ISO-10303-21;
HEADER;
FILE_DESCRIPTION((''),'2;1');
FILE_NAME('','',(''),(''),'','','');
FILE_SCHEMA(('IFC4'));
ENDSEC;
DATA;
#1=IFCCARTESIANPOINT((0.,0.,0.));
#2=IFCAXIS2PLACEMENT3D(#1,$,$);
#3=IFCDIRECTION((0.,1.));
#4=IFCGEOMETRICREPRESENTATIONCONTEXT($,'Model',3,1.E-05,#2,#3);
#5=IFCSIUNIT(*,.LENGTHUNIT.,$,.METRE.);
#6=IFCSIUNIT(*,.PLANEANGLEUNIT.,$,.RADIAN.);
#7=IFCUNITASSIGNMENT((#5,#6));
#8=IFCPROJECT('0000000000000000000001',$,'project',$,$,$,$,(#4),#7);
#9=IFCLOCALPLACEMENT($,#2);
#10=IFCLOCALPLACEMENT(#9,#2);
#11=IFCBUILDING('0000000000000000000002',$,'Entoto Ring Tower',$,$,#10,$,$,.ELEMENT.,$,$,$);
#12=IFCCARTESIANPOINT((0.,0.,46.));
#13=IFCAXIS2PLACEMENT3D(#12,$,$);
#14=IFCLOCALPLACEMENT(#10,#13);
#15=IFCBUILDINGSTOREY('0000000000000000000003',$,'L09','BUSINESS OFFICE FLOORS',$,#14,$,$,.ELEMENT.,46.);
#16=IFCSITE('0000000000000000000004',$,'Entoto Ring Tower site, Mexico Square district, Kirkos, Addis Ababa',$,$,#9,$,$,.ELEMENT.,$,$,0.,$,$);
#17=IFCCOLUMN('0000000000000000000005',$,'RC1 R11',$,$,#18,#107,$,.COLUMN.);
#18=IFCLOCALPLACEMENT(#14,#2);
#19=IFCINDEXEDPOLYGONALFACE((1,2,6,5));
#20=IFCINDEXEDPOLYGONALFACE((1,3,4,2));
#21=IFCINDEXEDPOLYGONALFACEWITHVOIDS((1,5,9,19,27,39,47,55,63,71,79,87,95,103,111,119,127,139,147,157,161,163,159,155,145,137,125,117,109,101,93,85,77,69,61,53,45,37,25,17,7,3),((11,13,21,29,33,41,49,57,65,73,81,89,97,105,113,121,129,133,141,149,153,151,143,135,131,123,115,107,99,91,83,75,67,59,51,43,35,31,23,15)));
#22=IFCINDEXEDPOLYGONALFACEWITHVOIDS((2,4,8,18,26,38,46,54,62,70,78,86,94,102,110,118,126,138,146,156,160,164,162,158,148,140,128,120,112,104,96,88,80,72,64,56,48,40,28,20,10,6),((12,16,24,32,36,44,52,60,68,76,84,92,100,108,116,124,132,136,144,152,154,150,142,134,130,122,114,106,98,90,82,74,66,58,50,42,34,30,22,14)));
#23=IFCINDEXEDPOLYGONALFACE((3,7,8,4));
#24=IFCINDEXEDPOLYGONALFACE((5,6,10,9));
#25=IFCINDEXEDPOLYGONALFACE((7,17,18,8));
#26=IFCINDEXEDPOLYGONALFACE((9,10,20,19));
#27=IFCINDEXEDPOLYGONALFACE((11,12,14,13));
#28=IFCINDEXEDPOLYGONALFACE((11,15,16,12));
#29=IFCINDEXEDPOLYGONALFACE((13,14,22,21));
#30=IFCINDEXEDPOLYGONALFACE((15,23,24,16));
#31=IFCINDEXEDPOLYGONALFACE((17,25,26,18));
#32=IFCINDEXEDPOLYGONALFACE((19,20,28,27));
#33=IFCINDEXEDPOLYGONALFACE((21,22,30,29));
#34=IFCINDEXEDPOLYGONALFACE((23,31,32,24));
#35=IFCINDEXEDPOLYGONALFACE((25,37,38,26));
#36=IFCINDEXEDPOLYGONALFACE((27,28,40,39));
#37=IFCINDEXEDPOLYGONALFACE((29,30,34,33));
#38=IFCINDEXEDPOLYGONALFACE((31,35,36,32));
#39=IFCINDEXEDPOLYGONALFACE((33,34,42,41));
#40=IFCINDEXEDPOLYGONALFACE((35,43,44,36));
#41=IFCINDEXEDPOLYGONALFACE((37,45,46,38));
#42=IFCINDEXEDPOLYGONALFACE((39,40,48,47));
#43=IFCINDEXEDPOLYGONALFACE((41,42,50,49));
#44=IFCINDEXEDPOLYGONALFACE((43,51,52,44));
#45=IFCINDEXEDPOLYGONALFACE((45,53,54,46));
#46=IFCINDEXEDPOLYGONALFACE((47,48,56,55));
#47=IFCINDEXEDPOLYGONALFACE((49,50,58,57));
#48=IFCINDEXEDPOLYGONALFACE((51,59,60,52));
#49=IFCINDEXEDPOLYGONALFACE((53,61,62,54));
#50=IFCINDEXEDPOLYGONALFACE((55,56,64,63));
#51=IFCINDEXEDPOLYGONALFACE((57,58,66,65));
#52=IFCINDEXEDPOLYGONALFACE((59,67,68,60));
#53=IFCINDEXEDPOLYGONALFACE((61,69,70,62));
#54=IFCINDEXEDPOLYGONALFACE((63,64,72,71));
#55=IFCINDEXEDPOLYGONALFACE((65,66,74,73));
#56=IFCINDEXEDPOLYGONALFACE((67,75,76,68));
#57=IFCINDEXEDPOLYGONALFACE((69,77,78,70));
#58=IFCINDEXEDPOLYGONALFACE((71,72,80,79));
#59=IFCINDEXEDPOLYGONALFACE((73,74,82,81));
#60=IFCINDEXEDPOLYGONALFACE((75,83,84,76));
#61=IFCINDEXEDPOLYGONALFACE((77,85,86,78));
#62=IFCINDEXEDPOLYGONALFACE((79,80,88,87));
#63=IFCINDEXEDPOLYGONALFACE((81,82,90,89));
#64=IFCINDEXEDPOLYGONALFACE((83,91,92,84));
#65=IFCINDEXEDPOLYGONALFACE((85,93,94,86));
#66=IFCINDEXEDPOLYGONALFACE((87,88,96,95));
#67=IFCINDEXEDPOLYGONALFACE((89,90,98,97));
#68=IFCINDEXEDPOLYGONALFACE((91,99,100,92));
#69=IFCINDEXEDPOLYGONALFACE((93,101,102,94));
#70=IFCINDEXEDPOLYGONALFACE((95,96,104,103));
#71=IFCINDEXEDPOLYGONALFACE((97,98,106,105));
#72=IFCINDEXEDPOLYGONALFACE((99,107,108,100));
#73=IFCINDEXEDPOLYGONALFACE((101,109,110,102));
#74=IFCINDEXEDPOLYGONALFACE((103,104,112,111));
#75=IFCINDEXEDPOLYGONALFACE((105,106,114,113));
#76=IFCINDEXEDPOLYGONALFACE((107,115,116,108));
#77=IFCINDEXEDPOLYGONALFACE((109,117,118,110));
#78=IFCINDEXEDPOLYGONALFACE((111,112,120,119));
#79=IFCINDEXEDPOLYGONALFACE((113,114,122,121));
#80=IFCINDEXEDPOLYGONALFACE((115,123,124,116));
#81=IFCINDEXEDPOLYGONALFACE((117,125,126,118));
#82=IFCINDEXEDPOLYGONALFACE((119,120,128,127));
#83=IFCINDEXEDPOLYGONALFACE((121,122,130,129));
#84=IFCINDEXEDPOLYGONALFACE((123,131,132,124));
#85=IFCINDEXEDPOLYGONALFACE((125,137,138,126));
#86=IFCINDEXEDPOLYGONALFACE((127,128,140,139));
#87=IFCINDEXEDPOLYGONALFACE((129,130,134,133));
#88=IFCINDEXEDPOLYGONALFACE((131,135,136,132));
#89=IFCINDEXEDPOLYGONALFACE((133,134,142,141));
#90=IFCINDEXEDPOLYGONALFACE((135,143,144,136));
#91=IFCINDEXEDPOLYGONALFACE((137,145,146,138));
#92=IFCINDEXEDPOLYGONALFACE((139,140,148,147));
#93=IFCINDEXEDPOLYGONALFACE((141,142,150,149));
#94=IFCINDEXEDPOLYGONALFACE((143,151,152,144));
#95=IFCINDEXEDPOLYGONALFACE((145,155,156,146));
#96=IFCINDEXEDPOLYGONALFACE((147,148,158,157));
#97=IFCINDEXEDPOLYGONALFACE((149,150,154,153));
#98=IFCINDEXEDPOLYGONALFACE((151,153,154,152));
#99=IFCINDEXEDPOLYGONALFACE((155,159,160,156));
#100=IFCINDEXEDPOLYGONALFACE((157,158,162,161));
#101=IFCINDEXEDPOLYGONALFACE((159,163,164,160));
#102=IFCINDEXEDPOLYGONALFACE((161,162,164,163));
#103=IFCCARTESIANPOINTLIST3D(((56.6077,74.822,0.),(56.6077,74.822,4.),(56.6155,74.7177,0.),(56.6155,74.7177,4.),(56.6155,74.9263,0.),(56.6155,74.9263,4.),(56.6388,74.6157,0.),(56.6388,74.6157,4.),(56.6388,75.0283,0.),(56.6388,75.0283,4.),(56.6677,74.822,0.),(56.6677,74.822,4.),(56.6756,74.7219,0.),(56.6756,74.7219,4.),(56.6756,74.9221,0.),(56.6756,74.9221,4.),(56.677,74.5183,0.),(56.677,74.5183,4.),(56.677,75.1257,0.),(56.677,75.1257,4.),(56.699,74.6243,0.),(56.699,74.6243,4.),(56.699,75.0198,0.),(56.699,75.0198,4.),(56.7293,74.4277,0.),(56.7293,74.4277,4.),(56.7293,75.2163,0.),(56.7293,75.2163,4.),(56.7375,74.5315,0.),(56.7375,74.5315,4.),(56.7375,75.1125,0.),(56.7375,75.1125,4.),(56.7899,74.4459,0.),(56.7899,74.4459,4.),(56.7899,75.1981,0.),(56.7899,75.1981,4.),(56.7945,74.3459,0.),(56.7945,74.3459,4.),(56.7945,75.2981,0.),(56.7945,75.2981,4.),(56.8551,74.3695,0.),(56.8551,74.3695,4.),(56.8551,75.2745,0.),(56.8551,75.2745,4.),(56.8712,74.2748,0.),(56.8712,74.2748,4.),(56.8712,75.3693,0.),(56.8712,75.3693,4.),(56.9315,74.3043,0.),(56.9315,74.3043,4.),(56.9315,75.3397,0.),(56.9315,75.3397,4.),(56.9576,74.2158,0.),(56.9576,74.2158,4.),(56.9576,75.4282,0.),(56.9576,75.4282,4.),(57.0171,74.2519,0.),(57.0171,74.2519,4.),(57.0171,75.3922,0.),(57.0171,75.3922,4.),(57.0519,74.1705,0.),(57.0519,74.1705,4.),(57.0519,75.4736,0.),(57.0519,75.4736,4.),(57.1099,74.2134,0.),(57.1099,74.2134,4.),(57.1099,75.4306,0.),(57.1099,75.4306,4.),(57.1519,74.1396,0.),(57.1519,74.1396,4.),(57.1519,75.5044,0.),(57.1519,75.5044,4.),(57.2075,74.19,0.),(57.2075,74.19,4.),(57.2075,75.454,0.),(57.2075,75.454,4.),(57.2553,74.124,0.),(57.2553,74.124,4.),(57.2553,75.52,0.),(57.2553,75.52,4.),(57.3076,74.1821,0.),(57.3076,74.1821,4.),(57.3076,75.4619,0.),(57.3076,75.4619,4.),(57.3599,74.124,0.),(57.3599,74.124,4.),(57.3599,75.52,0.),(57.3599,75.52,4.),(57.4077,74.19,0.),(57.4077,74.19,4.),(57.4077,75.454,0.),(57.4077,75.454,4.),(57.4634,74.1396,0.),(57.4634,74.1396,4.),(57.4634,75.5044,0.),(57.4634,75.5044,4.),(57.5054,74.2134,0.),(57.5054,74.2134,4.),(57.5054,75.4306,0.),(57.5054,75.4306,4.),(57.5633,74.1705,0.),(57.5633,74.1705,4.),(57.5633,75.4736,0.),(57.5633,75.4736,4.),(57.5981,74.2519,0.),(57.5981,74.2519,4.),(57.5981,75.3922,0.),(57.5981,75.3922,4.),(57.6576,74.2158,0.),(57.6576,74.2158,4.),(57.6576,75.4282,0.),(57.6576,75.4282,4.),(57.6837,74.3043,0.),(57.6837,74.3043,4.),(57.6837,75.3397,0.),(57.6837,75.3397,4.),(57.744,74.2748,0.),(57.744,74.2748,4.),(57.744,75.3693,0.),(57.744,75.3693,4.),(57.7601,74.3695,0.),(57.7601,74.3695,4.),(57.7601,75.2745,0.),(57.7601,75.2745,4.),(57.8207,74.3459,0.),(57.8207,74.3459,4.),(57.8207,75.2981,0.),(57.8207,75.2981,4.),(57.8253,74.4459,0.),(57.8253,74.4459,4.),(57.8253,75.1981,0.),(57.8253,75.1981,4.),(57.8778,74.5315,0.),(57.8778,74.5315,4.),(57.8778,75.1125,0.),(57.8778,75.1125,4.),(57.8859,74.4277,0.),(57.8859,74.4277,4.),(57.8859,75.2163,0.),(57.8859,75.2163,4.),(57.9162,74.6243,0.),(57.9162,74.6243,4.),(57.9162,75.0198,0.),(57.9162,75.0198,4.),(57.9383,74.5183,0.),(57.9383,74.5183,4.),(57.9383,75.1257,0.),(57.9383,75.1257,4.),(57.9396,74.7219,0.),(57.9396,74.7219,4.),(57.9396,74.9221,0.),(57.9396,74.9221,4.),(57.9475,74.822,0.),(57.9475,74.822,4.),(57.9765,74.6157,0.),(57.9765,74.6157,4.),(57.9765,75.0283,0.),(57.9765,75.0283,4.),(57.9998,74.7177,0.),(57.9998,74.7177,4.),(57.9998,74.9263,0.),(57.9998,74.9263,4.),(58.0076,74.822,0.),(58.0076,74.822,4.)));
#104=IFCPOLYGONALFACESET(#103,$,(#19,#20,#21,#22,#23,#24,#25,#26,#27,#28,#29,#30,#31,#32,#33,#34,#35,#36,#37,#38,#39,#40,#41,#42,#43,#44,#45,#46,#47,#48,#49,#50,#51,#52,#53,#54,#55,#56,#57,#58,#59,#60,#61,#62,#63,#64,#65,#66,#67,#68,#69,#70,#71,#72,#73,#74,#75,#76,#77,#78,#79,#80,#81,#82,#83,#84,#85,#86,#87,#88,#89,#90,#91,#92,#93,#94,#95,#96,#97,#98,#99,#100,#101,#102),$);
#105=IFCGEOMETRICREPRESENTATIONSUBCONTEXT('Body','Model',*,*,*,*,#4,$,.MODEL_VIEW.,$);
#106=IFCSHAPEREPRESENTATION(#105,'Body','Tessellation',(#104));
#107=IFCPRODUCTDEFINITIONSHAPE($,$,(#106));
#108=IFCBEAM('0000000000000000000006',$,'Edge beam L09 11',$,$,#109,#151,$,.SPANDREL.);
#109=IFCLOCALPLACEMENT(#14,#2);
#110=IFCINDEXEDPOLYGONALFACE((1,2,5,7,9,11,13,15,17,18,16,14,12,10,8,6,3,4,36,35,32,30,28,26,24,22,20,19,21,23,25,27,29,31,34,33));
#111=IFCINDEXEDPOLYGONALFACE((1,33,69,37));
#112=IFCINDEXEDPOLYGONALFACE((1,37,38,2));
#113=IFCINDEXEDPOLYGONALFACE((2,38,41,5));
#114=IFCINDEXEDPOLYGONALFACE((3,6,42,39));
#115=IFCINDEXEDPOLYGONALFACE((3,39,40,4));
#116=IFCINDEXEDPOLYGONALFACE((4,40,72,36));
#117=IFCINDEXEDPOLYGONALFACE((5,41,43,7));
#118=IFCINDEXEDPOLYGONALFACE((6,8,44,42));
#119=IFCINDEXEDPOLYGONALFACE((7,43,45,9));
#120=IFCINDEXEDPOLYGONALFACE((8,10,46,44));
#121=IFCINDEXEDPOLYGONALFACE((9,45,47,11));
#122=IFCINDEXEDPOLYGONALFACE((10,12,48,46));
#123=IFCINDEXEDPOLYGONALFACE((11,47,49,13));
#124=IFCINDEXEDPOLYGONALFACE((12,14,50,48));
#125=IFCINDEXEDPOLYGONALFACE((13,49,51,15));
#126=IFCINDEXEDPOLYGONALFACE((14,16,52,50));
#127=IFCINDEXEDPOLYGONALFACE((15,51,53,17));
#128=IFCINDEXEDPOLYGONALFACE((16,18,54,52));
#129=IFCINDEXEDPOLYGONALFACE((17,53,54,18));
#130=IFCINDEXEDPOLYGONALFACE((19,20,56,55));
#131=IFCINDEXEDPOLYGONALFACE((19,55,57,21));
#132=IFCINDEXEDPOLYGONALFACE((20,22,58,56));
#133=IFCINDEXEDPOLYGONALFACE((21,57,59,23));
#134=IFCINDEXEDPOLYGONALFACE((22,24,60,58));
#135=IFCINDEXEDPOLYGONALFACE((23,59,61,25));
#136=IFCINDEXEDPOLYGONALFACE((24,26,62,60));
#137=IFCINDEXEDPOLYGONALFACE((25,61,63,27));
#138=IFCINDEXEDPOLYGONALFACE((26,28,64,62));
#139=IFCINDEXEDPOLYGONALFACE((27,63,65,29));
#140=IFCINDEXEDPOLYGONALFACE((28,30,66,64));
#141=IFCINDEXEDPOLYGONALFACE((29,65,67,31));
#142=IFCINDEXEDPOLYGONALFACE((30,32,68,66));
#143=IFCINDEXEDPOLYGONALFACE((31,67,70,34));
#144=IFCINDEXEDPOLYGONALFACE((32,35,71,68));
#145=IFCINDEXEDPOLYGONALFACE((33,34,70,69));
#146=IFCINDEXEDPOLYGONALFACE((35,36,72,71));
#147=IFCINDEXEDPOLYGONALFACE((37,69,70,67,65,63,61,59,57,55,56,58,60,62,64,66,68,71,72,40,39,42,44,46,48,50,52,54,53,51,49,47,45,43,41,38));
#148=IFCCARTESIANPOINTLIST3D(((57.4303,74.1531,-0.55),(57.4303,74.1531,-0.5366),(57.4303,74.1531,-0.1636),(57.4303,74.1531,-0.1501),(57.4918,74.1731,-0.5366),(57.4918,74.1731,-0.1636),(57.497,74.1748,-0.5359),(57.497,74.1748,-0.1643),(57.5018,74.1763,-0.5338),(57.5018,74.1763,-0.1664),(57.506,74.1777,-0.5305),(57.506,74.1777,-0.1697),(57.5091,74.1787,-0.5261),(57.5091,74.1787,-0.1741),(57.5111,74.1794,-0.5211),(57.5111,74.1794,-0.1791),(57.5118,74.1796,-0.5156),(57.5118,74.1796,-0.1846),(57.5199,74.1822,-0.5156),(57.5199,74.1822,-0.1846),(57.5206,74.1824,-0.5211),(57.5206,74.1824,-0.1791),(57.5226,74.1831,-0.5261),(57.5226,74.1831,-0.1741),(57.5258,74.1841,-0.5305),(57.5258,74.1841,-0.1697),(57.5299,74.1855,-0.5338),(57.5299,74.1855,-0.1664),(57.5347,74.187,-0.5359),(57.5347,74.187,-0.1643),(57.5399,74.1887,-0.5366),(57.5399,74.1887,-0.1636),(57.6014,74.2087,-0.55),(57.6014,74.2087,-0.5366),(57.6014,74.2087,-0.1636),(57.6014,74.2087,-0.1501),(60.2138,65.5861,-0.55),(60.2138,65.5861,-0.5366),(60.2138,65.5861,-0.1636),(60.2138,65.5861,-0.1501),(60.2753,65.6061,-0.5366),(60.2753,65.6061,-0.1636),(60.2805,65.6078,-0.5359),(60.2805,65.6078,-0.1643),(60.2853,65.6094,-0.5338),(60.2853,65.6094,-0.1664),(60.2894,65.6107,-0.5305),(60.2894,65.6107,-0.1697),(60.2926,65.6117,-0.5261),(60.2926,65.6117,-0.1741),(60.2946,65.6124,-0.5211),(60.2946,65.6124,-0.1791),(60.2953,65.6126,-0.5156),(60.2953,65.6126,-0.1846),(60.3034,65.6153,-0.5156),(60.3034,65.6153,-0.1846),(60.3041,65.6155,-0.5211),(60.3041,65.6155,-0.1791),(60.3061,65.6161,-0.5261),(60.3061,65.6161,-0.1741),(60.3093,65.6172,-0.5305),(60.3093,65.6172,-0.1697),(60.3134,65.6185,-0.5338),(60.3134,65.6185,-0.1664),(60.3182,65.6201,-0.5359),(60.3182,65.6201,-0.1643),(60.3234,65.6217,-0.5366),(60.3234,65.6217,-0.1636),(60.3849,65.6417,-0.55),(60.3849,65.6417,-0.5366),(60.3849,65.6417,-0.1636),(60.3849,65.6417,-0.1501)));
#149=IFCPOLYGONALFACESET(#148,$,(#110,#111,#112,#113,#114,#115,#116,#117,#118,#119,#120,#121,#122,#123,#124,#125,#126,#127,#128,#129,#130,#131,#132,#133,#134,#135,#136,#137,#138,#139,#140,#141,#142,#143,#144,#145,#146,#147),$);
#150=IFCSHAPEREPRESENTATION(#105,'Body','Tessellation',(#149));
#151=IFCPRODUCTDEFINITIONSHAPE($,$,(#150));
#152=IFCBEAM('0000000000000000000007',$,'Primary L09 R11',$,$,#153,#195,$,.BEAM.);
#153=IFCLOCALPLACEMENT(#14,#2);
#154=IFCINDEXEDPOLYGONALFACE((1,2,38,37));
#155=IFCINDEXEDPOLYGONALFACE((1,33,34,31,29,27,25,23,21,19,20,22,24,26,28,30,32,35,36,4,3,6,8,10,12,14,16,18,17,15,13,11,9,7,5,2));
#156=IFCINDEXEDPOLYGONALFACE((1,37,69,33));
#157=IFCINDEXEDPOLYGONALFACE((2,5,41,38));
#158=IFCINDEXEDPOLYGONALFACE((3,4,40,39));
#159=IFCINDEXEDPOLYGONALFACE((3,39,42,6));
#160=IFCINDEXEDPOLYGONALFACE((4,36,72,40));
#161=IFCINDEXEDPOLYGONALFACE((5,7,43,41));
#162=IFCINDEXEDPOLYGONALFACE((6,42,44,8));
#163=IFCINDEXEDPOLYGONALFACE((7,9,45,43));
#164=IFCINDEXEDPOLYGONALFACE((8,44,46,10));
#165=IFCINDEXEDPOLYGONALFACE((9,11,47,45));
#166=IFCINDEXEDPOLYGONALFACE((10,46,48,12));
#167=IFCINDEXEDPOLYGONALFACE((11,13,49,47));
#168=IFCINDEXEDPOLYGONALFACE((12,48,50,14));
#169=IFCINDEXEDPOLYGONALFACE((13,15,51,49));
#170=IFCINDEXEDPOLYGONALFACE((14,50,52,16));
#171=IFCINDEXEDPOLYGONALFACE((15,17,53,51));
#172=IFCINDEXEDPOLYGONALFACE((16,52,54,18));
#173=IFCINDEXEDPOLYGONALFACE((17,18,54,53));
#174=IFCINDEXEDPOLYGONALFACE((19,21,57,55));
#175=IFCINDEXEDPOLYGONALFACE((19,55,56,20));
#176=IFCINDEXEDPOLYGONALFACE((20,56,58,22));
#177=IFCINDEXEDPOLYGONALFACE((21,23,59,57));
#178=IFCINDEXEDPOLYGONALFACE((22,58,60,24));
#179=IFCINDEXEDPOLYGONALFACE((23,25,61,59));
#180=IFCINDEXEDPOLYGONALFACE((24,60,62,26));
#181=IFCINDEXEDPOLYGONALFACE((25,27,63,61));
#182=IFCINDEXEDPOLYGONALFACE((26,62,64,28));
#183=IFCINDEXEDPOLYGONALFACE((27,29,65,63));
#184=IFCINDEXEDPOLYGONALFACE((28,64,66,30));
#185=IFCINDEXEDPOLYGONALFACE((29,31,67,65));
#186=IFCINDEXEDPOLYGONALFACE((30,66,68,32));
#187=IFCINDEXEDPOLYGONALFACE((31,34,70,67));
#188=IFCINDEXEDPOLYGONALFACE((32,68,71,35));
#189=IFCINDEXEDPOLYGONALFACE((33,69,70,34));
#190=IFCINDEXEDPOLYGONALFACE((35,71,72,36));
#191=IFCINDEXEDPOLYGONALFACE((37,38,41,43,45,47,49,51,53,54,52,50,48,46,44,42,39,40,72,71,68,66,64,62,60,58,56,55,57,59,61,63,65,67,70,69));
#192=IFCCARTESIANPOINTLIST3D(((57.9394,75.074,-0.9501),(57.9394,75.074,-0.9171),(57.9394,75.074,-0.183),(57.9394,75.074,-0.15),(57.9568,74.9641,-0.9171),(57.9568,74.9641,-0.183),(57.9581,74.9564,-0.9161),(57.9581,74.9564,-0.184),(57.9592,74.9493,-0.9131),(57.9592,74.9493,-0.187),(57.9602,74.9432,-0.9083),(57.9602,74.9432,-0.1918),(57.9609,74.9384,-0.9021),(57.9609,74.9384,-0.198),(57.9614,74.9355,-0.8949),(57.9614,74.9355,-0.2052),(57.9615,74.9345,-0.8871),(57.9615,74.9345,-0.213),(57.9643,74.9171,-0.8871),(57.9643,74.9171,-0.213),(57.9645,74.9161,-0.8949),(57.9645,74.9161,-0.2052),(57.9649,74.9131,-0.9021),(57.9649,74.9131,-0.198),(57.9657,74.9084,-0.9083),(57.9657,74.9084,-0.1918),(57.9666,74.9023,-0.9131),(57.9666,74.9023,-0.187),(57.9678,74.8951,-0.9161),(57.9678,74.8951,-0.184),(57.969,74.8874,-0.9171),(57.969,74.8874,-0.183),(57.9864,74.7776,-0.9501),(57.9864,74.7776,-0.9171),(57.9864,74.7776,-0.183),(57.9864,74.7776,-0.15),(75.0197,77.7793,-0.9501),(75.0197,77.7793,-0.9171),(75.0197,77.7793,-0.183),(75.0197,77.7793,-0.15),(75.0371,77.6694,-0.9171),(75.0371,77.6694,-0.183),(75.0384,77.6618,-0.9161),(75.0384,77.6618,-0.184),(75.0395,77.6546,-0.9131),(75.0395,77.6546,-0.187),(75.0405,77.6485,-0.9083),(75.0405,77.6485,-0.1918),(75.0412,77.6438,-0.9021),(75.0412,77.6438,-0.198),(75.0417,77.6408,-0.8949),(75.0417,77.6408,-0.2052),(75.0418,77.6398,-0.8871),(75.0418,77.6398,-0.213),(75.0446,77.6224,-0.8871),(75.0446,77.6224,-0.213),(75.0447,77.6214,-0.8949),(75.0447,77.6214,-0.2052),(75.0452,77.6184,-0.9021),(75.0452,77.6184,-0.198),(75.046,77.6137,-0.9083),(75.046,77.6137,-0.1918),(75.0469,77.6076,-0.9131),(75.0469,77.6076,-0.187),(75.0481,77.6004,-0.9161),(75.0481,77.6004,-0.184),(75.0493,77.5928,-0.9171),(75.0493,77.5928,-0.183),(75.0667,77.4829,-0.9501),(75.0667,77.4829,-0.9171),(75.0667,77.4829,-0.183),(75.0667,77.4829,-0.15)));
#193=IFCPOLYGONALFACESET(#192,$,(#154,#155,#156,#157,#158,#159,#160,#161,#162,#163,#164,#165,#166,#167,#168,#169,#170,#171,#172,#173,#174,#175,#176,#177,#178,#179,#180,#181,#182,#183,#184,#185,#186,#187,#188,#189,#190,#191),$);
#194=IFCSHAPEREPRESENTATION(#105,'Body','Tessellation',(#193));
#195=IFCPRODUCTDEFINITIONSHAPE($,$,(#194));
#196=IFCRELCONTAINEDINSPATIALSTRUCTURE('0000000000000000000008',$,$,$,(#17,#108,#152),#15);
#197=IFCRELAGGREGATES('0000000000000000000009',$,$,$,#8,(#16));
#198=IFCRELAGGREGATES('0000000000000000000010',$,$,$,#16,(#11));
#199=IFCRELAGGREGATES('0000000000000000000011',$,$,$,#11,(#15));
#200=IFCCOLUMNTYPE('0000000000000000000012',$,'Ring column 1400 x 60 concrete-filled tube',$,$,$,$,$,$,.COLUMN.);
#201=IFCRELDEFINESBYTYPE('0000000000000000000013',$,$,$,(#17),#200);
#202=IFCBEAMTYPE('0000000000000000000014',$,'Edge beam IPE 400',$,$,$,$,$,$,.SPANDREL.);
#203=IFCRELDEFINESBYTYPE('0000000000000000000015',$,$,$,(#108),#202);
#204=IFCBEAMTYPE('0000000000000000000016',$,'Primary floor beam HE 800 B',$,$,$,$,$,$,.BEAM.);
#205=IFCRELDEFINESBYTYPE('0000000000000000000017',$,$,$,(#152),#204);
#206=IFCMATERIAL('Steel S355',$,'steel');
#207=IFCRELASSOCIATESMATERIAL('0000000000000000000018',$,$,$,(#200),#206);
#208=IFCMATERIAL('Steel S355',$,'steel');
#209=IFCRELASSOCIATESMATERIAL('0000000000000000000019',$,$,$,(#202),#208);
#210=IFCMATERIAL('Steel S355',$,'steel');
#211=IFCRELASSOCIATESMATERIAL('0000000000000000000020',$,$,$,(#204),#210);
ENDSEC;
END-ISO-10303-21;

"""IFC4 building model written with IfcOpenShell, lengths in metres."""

from ifc_helpers import new_model, si_unit, direction, frame, origin, origin_2d, place, context, subcontext, project, spatial, circle, hollow_circle, i_section, extrude, material, material_profile, profile_set, type_object, element, save


model = new_model("IFC4")

# Units and contexts
model_context = context("Model", 3, precision=1e-05, world=origin(), true_north=direction((0.0, 1.0)))
body_context = subcontext(model_context, "Body", "Model", "MODEL_VIEW")
ifc_project = project(units=[si_unit("LENGTHUNIT", "METRE"), si_unit("PLANEANGLEUNIT", "RADIAN")], contexts=[model_context])

# Site, building, storey
site_placement = place(None, origin())
site = spatial("IfcSite", under=ifc_project, at=site_placement, Name="Entoto Ring Tower site, Mexico Square district, Kirkos, Addis Ababa", CompositionType="ELEMENT", RefElevation=0.0)
building_placement = place(site_placement, origin())
building = spatial("IfcBuilding", under=site, at=building_placement, Name="Entoto Ring Tower", CompositionType="ELEMENT")
storey_placement = place(building_placement, frame((0.0, 0.0, 46.0)))
storey = spatial("IfcBuildingStorey", under=building, at=storey_placement, Name="L09", Description="BUSINESS OFFICE FLOORS", CompositionType="ELEMENT", Elevation=46.0)

# Column
ifc_material_1 = material(Name="Steel S355", Category="steel")
ifc_material_profile_1 = material_profile(ifc_material_1, hollow_circle(Radius=0.7, WallThickness=0.0601, at=origin_2d()), Name="CHS 1400 x 60")
ifc_material_2 = material(Name="Concrete C60/75", Category="concrete")
ifc_material_profile_2 = material_profile(ifc_material_2, circle(Radius=0.6399, at=origin_2d()), Name="Concrete C60/75 infill")
ifc_profile_set_1 = profile_set([ifc_material_profile_1, ifc_material_profile_2], Name="Steel S355")
column_type = type_object("IfcColumnType", Name="Ring column 1400 x 60 concrete-filled tube", PredefinedType="COLUMN", material=ifc_profile_set_1)
column_placement = place(storey_placement, frame((57.3076, 74.822, 0.0), z_axis=(0.0, 0.0, 1.0), x_axis=(1.0, 0.0, 0.0)))
element("IfcColumn", 1, at=column_placement, inside=storey, type_object=column_type, Name="RC1 R11", PredefinedType="COLUMN", context=body_context, shape_type="SweptSolid", body=[
    extrude(hollow_circle(Radius=0.7, WallThickness=0.0601, at=origin_2d()), origin(), (0.0, 0.0, 1.0), 4.0),
])

# Beams
ifc_material_3 = material(Name="Steel S355", Category="steel")
ifc_material_profile_3 = material_profile(ifc_material_3, i_section(OverallWidth=0.1799, OverallDepth=0.3999, WebThickness=0.0085, FlangeThickness=0.0134, FilletRadius=0.021, at=origin_2d()), Name="IPE 400")
ifc_profile_set_2 = profile_set([ifc_material_profile_3], Name="Steel S355")
beam_type_1 = type_object("IfcBeamType", Name="Edge beam IPE 400", PredefinedType="SPANDREL", material=ifc_profile_set_2)
beam_1_placement = place(storey_placement, frame((57.5159, 74.1809, -0.3501), z_axis=(0.309006, -0.95106, 0.0), x_axis=(0.95106, 0.309006, 0.0)))
element("IfcBeam", 2, at=beam_1_placement, inside=storey, type_object=beam_type_1, Name="Edge beam L09 11", PredefinedType="SPANDREL", context=body_context, shape_type="SweptSolid", body=[
    extrude(i_section(OverallWidth=0.1799, OverallDepth=0.3999, WebThickness=0.0085, FlangeThickness=0.0134, FilletRadius=0.021, at=origin_2d()), origin(), (0.0, 0.0, 1.0), 9.0078),
])
ifc_material_4 = material(Name="Steel S355", Category="steel")
ifc_material_profile_4 = material_profile(ifc_material_4, i_section(OverallWidth=0.3, OverallDepth=0.8, WebThickness=0.0176, FlangeThickness=0.033, FilletRadius=0.03, at=origin_2d()), Name="HE 800 B")
ifc_profile_set_3 = profile_set([ifc_material_profile_4], Name="Steel S355")
beam_type_2 = type_object("IfcBeamType", Name="Primary floor beam HE 800 B", PredefinedType="BEAM", material=ifc_profile_set_3)
beam_2_placement = place(storey_placement, frame((75.0432, 77.6311, -0.55), z_axis=(-0.987688, -0.156438, 0.0), x_axis=(0.156438, -0.987688, 0.0)))
element("IfcBeam", 3, at=beam_2_placement, inside=storey, type_object=beam_type_2, Name="Primary L09 R11", PredefinedType="BEAM", context=body_context, shape_type="SweptSolid", body=[
    extrude(i_section(OverallWidth=0.3, OverallDepth=0.8, WebThickness=0.0176, FlangeThickness=0.033, FilletRadius=0.03, at=origin_2d()), origin(), (0.0, 0.0, 1.0), 17.2932),
])

save(model, "model.ifc")
